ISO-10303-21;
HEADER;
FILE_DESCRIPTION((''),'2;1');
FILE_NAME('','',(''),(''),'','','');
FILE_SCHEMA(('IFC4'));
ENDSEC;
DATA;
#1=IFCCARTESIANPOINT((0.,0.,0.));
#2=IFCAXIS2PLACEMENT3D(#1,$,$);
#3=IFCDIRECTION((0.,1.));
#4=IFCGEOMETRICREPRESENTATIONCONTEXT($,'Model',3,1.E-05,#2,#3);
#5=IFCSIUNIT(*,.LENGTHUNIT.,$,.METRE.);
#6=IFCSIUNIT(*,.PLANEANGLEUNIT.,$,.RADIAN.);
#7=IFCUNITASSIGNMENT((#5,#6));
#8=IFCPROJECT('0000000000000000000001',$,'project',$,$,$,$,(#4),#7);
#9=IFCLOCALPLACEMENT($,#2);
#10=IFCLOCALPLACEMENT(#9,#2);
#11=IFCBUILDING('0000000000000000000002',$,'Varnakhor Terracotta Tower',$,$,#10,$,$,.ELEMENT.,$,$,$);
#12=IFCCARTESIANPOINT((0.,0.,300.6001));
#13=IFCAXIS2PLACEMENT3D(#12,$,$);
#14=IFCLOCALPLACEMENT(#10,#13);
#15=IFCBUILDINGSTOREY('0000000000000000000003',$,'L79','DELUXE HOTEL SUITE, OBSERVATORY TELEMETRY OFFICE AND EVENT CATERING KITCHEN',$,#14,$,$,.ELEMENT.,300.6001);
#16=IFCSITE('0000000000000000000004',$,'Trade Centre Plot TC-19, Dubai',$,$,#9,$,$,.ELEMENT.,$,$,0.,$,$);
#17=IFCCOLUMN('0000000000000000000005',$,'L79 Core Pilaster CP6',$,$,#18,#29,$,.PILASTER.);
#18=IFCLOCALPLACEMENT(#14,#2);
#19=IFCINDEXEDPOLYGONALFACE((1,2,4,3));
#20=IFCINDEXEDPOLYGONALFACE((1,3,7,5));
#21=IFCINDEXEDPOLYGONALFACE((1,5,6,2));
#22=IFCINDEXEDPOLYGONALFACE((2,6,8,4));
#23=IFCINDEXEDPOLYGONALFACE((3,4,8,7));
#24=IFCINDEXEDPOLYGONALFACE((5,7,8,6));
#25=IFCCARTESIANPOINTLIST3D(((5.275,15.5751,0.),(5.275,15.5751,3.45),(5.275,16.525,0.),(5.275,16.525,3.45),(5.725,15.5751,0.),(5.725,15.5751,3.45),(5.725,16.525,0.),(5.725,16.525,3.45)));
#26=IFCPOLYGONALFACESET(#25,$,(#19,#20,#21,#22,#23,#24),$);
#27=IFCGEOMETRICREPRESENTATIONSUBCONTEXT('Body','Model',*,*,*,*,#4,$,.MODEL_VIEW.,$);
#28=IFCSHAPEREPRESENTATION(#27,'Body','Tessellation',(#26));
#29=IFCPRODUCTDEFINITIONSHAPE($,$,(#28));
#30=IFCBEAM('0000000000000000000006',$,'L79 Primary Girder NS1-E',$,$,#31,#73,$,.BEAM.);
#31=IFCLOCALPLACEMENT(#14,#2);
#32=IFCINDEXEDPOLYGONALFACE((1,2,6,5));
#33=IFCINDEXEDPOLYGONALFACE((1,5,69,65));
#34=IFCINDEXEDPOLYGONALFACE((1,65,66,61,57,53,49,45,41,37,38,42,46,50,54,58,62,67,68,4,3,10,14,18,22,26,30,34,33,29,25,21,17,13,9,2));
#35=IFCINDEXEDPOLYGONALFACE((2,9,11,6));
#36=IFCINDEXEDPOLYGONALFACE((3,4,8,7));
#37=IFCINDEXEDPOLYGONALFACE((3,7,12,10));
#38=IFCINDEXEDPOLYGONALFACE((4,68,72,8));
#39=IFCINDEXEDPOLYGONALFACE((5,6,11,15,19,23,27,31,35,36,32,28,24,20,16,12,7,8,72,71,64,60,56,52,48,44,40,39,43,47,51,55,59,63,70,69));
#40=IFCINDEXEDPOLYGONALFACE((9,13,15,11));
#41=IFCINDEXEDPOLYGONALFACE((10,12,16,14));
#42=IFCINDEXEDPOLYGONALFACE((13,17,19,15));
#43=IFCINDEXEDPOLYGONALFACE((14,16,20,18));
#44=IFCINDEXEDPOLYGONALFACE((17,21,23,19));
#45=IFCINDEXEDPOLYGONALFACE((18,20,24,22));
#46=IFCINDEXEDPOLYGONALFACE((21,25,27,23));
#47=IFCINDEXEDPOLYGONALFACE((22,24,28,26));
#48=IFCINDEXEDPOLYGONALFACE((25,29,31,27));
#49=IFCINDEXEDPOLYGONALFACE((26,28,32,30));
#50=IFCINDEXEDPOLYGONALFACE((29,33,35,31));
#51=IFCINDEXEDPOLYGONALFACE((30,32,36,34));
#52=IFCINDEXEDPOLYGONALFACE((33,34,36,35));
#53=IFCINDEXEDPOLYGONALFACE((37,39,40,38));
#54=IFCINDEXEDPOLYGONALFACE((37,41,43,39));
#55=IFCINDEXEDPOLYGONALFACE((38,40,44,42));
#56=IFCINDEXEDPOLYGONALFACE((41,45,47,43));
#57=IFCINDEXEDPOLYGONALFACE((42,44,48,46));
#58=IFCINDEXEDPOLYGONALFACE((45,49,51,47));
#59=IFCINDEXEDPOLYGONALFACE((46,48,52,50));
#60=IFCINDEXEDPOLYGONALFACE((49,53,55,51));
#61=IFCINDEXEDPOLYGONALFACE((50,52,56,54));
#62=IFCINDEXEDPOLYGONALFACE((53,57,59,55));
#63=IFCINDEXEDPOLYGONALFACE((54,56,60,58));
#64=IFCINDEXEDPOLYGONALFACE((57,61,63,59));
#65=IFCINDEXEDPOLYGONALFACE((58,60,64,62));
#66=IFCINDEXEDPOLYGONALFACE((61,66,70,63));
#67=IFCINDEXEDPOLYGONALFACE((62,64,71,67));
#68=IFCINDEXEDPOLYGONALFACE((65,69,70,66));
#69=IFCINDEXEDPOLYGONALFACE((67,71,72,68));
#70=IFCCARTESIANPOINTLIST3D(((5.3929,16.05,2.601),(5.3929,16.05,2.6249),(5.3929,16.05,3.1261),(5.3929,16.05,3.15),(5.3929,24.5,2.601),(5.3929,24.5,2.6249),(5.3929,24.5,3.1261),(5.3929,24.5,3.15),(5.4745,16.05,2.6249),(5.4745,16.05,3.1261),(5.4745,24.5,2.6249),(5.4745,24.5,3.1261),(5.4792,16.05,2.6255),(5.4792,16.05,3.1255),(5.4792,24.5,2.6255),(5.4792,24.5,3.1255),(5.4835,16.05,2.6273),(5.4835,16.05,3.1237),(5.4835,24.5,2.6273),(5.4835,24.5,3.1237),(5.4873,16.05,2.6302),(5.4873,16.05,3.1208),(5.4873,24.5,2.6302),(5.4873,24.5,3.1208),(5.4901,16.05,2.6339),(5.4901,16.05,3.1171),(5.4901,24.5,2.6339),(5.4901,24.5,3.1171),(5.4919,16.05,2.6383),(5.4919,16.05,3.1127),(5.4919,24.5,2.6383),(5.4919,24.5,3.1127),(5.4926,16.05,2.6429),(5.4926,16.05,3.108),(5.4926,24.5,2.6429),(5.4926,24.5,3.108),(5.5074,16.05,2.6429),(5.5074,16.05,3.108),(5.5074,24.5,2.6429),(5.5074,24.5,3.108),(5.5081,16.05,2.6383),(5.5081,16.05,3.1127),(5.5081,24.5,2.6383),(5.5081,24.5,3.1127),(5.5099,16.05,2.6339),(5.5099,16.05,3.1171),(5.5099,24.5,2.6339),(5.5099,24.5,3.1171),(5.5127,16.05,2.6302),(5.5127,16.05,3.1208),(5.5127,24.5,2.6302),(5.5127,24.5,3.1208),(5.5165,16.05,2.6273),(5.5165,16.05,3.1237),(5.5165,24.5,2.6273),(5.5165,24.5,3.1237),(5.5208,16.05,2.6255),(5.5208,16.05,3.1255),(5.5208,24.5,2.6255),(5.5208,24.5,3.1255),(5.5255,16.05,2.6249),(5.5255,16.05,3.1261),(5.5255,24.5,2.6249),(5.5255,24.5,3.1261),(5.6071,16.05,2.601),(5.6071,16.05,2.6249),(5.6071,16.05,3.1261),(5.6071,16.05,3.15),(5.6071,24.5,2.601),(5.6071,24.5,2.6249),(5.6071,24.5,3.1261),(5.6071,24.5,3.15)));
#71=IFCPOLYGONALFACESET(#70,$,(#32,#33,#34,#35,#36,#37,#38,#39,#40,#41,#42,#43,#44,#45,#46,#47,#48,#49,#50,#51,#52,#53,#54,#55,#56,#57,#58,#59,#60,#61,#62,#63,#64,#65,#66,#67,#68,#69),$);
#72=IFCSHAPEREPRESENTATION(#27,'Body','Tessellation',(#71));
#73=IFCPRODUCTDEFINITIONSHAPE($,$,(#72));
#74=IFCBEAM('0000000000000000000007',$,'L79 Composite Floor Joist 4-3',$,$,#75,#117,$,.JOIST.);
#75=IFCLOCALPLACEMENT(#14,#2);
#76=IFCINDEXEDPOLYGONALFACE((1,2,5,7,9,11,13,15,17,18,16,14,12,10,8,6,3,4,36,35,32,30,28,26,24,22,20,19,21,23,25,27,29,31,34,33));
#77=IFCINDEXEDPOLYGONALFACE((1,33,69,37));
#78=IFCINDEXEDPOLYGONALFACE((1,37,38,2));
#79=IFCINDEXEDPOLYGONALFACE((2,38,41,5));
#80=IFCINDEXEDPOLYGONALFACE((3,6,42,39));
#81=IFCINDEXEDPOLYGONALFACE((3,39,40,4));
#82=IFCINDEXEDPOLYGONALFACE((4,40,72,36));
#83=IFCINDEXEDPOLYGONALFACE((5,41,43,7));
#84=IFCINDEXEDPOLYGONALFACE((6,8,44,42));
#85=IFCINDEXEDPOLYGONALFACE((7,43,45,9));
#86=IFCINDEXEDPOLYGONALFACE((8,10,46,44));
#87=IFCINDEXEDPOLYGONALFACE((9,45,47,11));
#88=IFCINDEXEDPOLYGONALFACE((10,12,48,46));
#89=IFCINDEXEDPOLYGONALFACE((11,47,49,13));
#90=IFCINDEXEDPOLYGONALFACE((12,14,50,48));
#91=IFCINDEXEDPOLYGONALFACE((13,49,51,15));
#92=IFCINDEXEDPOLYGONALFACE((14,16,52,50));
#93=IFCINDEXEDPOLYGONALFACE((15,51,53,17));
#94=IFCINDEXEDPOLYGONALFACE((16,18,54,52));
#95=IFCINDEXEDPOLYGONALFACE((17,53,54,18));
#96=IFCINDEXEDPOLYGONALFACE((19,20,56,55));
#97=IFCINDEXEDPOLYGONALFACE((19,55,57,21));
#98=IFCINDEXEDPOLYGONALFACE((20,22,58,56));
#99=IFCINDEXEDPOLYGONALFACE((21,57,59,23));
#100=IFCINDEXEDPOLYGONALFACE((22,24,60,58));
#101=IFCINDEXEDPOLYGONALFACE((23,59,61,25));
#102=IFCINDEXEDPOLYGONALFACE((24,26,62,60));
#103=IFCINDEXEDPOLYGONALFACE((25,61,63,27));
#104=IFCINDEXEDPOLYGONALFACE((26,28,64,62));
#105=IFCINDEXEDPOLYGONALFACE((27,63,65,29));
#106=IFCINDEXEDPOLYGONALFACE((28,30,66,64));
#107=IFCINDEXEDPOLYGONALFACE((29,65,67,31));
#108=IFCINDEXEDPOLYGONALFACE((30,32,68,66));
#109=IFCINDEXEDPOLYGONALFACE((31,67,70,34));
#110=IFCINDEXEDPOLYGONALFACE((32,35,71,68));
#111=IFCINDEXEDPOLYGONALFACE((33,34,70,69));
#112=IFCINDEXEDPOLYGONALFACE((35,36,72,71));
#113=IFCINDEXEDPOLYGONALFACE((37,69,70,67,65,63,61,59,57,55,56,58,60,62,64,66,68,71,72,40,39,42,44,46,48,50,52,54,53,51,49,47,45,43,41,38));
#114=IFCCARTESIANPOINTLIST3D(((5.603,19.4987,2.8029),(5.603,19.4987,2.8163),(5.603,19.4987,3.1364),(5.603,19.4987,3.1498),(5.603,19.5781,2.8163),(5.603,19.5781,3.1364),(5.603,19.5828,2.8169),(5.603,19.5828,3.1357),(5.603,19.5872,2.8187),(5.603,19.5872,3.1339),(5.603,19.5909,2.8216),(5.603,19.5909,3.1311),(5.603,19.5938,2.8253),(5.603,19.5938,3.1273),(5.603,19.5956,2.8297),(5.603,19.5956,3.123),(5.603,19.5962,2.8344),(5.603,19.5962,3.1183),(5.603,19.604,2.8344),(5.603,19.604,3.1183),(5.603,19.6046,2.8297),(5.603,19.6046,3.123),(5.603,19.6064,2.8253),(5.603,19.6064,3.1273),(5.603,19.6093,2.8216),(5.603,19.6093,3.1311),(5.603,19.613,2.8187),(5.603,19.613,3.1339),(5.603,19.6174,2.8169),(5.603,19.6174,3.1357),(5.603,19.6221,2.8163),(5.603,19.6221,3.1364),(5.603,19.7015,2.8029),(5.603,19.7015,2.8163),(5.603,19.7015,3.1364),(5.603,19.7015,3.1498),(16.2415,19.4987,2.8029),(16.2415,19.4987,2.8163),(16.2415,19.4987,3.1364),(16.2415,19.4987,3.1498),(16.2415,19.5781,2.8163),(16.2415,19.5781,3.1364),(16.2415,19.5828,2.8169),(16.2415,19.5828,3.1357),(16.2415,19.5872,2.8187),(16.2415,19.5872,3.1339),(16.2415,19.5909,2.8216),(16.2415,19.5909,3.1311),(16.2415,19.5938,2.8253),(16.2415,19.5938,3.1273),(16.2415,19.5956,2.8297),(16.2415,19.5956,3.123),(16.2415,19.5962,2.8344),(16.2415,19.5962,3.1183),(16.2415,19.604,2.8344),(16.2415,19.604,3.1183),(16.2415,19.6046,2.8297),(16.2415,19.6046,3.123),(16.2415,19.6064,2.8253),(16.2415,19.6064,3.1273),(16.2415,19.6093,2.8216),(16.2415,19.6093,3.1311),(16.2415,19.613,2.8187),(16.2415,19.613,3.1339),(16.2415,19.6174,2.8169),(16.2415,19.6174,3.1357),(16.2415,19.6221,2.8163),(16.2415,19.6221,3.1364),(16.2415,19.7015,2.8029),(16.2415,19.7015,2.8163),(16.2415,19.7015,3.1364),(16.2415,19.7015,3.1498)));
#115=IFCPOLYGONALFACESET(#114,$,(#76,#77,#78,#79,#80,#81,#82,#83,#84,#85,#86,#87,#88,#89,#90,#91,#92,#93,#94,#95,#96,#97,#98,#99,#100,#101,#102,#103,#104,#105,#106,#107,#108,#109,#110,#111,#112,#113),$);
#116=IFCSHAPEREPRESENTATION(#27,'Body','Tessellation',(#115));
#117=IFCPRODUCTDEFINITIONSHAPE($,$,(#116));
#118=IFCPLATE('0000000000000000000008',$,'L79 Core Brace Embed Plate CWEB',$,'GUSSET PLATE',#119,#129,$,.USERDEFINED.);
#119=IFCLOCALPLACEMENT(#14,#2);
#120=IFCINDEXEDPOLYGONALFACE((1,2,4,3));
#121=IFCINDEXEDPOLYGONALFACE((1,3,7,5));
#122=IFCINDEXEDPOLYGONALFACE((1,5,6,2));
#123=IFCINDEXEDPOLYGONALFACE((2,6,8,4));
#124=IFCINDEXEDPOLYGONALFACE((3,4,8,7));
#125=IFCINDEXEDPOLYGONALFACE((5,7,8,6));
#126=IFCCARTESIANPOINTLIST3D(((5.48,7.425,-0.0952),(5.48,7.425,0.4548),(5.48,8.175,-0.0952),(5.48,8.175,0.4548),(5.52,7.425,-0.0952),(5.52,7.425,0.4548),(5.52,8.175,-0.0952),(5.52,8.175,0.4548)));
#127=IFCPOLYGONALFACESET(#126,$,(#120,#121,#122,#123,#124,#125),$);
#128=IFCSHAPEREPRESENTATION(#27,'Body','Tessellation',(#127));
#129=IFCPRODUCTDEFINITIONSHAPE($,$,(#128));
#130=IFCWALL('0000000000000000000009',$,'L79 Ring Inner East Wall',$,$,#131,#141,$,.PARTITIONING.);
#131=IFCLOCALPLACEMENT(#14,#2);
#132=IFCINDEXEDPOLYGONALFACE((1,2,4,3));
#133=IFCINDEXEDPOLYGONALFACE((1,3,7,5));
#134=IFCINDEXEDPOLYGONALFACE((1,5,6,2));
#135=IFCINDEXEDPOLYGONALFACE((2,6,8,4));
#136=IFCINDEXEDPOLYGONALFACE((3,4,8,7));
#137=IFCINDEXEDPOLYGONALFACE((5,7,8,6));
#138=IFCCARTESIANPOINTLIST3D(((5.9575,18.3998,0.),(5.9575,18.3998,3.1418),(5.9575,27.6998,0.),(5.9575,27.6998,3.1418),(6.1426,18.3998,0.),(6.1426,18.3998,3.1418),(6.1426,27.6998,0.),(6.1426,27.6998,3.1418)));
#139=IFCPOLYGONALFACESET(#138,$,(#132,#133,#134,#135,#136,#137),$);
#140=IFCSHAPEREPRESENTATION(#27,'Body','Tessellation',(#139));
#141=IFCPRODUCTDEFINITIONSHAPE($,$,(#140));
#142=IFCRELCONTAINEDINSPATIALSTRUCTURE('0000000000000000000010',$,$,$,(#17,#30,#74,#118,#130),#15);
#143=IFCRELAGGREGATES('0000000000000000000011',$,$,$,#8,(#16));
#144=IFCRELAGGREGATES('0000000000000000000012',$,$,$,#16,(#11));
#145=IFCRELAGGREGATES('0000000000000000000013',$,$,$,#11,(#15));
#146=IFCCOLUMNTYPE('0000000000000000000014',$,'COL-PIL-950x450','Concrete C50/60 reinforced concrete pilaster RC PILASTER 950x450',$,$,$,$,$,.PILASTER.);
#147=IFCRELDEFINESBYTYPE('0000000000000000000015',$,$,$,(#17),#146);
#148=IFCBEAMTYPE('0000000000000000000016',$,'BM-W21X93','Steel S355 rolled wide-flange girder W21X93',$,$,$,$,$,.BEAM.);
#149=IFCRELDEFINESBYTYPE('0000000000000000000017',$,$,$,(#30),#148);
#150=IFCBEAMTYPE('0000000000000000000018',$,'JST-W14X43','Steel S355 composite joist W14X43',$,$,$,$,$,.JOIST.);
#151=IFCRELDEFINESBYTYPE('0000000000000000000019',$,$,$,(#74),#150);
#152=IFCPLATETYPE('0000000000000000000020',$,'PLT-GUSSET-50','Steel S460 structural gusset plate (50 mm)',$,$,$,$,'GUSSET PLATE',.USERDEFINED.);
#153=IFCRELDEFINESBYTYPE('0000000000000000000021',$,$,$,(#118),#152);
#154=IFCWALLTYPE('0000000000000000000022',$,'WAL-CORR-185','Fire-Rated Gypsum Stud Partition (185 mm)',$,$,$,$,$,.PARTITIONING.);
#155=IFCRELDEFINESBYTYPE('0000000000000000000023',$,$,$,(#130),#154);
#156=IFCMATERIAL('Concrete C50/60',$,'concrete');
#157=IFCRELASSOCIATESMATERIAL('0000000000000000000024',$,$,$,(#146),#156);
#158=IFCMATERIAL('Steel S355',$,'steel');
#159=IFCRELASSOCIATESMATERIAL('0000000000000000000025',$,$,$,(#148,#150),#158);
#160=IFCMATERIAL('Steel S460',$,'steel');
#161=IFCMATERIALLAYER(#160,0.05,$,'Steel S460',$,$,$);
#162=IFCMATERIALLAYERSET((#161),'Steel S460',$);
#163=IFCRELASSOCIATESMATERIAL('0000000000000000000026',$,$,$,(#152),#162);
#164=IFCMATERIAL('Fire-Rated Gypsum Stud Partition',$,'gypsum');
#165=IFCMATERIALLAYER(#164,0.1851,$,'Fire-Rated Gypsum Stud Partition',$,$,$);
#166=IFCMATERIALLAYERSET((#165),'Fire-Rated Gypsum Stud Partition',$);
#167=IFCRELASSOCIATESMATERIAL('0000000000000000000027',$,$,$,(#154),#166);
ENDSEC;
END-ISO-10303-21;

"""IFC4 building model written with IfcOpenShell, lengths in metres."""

from ifc_helpers import new_model, si_unit, direction, frame, frame_2d, origin, origin_2d, place, context, subcontext, project, spatial, rectangle, i_section, extrude, source, transform, mapped, material, layer, layer_set, material_profile, profile_set, type_object, type_shapes, element, save


model = new_model("IFC4")

# Units and contexts
model_context = context("Model", 3, precision=1e-05, world=origin(), true_north=direction((0.0, 1.0)))
body_context = subcontext(model_context, "Body", "Model", "MODEL_VIEW")
ifc_project = project(units=[si_unit("LENGTHUNIT", "METRE"), si_unit("PLANEANGLEUNIT", "RADIAN")], contexts=[model_context])

# Site, building, storey
site_placement = place(None, origin())
site = spatial("IfcSite", under=ifc_project, at=site_placement, Name="Trade Centre Plot TC-19, Dubai", CompositionType="ELEMENT", RefElevation=0.0)
building_placement = place(site_placement, origin())
building = spatial("IfcBuilding", under=site, at=building_placement, Name="Varnakhor Terracotta Tower", CompositionType="ELEMENT")
storey_placement = place(building_placement, frame((0.0, 0.0, 300.6001)))
storey = spatial("IfcBuildingStorey", under=building, at=storey_placement, Name="L79", Description="DELUXE HOTEL SUITE, OBSERVATORY TELEMETRY OFFICE AND EVENT CATERING KITCHEN", CompositionType="ELEMENT", Elevation=300.6001)

# Column
ifc_material_1 = material(Name="Concrete C50/60", Category="concrete")
ifc_material_profile_1 = material_profile(ifc_material_1, rectangle(XDim=0.45, YDim=0.95, at=origin_2d()), Name="RC PILASTER 950x450")
ifc_profile_set_1 = profile_set([ifc_material_profile_1], Name="Concrete C50/60")
column_type = type_object("IfcColumnType", Name="COL-PIL-950x450", Description="Concrete C50/60 reinforced concrete pilaster RC PILASTER 950x450", PredefinedType="PILASTER", material=ifc_profile_set_1)
shared_shape_1 = source(origin(), body_context, "Body", "SweptSolid", [
    extrude(rectangle(XDim=0.45, YDim=0.95, at=origin_2d()), origin(), (0.0, 0.0, 1.0), 3.45),
])
column_placement = place(storey_placement, frame((5.5, 16.05, 0.0), z_axis=(0.0, 0.0, 1.0), x_axis=(1.0, 0.0, 0.0)))
element("IfcColumn", 1, at=column_placement, inside=storey, type_object=column_type, Name="L79 Core Pilaster CP6", PredefinedType="PILASTER", context=body_context, shape_type="MappedRepresentation", body=[
    mapped(shared_shape_1, transform((0.0, 0.0, 0.0), scale=1.0)),
])

# Beams
ifc_material_2 = material(Name="Steel S355", Category="steel")
ifc_material_profile_2 = material_profile(ifc_material_2, i_section(OverallWidth=0.2141, OverallDepth=0.5491, WebThickness=0.0149, FlangeThickness=0.0239, FilletRadius=0.0181, at=origin_2d()), Name="W21X93")
ifc_profile_set_2 = profile_set([ifc_material_profile_2], Name="Steel S355")
beam_type_1 = type_object("IfcBeamType", Name="BM-W21X93", Description="Steel S355 rolled wide-flange girder W21X93", PredefinedType="BEAM", material=ifc_profile_set_2)
shared_shape_2 = source(origin(), body_context, "Body", "SweptSolid", [
    extrude(i_section(OverallWidth=0.2141, OverallDepth=0.5491, WebThickness=0.0149, FlangeThickness=0.0239, FilletRadius=0.0181, at=origin_2d()), origin(), (0.0, 0.0, 1.0), 8.45),
])
type_shapes(beam_type_1, [shared_shape_2])
beam_1_placement = place(storey_placement, frame((5.5, 16.05, 2.8755), z_axis=(0.0, 1.0, 0.0), x_axis=(-1.0, 0.0, 0.0)))
element("IfcBeam", 2, at=beam_1_placement, inside=storey, type_object=beam_type_1, Name="L79 Primary Girder NS1-E", PredefinedType="BEAM", context=body_context, shape_type="MappedRepresentation", body=[
    mapped(shared_shape_2, transform((0.0, 0.0, 0.0), scale=1.0)),
])
ifc_material_profile_3 = material_profile(ifc_material_2, i_section(OverallWidth=0.2029, OverallDepth=0.3469, WebThickness=0.0078, FlangeThickness=0.0134, FilletRadius=0.0181, at=origin_2d()), Name="W14X43")
ifc_profile_set_3 = profile_set([ifc_material_profile_3], Name="Steel S355")
beam_type_2 = type_object("IfcBeamType", Name="JST-W14X43", Description="Steel S355 composite joist W14X43", PredefinedType="JOIST", material=ifc_profile_set_3)
shared_shape_3 = source(origin(), body_context, "Body", "SweptSolid", [
    extrude(i_section(OverallWidth=0.2029, OverallDepth=0.3469, WebThickness=0.0078, FlangeThickness=0.0134, FilletRadius=0.0181, at=origin_2d()), origin(), (0.0, 0.0, 1.0), 10.6384),
])
beam_2_placement = place(storey_placement, frame((5.603, 19.6001, 2.9763), z_axis=(1.0, 0.0, 0.0), x_axis=(0.0, 1.0, 0.0)))
element("IfcBeam", 3, at=beam_2_placement, inside=storey, type_object=beam_type_2, Name="L79 Composite Floor Joist 4-3", PredefinedType="JOIST", context=body_context, shape_type="MappedRepresentation", body=[
    mapped(shared_shape_3, transform((0.0, 0.0, 0.0), scale=1.0)),
])

# Plate
ifc_material_3 = material(Name="Steel S460", Category="steel")
ifc_layer_1 = layer(ifc_material_3, 0.05, Name="Steel S460")
ifc_layer_set_1 = layer_set([ifc_layer_1], Name="Steel S460")
plate_type = type_object("IfcPlateType", Name="PLT-GUSSET-50", Description="Steel S460 structural gusset plate (50 mm)", ElementType="GUSSET PLATE", PredefinedType="USERDEFINED", material=ifc_layer_set_1)
shared_shape_4 = source(origin(), body_context, "Body", "SweptSolid", [
    extrude(rectangle(XDim=0.75, YDim=0.04, at=origin_2d()), origin(), (0.0, 0.0, 1.0), 0.55),
])
type_shapes(plate_type, [shared_shape_4])
plate_placement = place(storey_placement, frame((5.5, 7.8, -0.0952), z_axis=(0.0, 0.0, 1.0), x_axis=(0.0, 1.0, 0.0)))
element("IfcPlate", 4, at=plate_placement, inside=storey, type_object=plate_type, Name="L79 Core Brace Embed Plate CWEB", ObjectType="GUSSET PLATE", PredefinedType="USERDEFINED", context=body_context, shape_type="MappedRepresentation", body=[
    mapped(shared_shape_4, transform((0.0, 0.0, 0.0), scale=1.0)),
])

# Wall
ifc_material_4 = material(Name="Fire-Rated Gypsum Stud Partition", Category="gypsum")
ifc_layer_2 = layer(ifc_material_4, 0.1851, Name="Fire-Rated Gypsum Stud Partition")
ifc_layer_set_2 = layer_set([ifc_layer_2], Name="Fire-Rated Gypsum Stud Partition")
wall_type_1 = type_object("IfcWallType", Name="WAL-CORR-185", Description="Fire-Rated Gypsum Stud Partition (185 mm)", PredefinedType="PARTITIONING", material=ifc_layer_set_2)
wall_1_placement = place(storey_placement, frame((6.05, 18.3999, 0.0), z_axis=(0.0, 0.0, 1.0), x_axis=(0.0, 1.0, 0.0)))
element("IfcWall", 5, at=wall_1_placement, inside=storey, type_object=wall_type_1, Name="L79 Ring Inner East Wall", PredefinedType="PARTITIONING", context=body_context, shape_type="SweptSolid", body=[
    extrude(rectangle(XDim=9.3, YDim=0.1851, at=frame_2d((4.6499, 0.0))), origin(), (0.0, 0.0, 1.0), 3.1418),
])

save(model, "model.ifc")
